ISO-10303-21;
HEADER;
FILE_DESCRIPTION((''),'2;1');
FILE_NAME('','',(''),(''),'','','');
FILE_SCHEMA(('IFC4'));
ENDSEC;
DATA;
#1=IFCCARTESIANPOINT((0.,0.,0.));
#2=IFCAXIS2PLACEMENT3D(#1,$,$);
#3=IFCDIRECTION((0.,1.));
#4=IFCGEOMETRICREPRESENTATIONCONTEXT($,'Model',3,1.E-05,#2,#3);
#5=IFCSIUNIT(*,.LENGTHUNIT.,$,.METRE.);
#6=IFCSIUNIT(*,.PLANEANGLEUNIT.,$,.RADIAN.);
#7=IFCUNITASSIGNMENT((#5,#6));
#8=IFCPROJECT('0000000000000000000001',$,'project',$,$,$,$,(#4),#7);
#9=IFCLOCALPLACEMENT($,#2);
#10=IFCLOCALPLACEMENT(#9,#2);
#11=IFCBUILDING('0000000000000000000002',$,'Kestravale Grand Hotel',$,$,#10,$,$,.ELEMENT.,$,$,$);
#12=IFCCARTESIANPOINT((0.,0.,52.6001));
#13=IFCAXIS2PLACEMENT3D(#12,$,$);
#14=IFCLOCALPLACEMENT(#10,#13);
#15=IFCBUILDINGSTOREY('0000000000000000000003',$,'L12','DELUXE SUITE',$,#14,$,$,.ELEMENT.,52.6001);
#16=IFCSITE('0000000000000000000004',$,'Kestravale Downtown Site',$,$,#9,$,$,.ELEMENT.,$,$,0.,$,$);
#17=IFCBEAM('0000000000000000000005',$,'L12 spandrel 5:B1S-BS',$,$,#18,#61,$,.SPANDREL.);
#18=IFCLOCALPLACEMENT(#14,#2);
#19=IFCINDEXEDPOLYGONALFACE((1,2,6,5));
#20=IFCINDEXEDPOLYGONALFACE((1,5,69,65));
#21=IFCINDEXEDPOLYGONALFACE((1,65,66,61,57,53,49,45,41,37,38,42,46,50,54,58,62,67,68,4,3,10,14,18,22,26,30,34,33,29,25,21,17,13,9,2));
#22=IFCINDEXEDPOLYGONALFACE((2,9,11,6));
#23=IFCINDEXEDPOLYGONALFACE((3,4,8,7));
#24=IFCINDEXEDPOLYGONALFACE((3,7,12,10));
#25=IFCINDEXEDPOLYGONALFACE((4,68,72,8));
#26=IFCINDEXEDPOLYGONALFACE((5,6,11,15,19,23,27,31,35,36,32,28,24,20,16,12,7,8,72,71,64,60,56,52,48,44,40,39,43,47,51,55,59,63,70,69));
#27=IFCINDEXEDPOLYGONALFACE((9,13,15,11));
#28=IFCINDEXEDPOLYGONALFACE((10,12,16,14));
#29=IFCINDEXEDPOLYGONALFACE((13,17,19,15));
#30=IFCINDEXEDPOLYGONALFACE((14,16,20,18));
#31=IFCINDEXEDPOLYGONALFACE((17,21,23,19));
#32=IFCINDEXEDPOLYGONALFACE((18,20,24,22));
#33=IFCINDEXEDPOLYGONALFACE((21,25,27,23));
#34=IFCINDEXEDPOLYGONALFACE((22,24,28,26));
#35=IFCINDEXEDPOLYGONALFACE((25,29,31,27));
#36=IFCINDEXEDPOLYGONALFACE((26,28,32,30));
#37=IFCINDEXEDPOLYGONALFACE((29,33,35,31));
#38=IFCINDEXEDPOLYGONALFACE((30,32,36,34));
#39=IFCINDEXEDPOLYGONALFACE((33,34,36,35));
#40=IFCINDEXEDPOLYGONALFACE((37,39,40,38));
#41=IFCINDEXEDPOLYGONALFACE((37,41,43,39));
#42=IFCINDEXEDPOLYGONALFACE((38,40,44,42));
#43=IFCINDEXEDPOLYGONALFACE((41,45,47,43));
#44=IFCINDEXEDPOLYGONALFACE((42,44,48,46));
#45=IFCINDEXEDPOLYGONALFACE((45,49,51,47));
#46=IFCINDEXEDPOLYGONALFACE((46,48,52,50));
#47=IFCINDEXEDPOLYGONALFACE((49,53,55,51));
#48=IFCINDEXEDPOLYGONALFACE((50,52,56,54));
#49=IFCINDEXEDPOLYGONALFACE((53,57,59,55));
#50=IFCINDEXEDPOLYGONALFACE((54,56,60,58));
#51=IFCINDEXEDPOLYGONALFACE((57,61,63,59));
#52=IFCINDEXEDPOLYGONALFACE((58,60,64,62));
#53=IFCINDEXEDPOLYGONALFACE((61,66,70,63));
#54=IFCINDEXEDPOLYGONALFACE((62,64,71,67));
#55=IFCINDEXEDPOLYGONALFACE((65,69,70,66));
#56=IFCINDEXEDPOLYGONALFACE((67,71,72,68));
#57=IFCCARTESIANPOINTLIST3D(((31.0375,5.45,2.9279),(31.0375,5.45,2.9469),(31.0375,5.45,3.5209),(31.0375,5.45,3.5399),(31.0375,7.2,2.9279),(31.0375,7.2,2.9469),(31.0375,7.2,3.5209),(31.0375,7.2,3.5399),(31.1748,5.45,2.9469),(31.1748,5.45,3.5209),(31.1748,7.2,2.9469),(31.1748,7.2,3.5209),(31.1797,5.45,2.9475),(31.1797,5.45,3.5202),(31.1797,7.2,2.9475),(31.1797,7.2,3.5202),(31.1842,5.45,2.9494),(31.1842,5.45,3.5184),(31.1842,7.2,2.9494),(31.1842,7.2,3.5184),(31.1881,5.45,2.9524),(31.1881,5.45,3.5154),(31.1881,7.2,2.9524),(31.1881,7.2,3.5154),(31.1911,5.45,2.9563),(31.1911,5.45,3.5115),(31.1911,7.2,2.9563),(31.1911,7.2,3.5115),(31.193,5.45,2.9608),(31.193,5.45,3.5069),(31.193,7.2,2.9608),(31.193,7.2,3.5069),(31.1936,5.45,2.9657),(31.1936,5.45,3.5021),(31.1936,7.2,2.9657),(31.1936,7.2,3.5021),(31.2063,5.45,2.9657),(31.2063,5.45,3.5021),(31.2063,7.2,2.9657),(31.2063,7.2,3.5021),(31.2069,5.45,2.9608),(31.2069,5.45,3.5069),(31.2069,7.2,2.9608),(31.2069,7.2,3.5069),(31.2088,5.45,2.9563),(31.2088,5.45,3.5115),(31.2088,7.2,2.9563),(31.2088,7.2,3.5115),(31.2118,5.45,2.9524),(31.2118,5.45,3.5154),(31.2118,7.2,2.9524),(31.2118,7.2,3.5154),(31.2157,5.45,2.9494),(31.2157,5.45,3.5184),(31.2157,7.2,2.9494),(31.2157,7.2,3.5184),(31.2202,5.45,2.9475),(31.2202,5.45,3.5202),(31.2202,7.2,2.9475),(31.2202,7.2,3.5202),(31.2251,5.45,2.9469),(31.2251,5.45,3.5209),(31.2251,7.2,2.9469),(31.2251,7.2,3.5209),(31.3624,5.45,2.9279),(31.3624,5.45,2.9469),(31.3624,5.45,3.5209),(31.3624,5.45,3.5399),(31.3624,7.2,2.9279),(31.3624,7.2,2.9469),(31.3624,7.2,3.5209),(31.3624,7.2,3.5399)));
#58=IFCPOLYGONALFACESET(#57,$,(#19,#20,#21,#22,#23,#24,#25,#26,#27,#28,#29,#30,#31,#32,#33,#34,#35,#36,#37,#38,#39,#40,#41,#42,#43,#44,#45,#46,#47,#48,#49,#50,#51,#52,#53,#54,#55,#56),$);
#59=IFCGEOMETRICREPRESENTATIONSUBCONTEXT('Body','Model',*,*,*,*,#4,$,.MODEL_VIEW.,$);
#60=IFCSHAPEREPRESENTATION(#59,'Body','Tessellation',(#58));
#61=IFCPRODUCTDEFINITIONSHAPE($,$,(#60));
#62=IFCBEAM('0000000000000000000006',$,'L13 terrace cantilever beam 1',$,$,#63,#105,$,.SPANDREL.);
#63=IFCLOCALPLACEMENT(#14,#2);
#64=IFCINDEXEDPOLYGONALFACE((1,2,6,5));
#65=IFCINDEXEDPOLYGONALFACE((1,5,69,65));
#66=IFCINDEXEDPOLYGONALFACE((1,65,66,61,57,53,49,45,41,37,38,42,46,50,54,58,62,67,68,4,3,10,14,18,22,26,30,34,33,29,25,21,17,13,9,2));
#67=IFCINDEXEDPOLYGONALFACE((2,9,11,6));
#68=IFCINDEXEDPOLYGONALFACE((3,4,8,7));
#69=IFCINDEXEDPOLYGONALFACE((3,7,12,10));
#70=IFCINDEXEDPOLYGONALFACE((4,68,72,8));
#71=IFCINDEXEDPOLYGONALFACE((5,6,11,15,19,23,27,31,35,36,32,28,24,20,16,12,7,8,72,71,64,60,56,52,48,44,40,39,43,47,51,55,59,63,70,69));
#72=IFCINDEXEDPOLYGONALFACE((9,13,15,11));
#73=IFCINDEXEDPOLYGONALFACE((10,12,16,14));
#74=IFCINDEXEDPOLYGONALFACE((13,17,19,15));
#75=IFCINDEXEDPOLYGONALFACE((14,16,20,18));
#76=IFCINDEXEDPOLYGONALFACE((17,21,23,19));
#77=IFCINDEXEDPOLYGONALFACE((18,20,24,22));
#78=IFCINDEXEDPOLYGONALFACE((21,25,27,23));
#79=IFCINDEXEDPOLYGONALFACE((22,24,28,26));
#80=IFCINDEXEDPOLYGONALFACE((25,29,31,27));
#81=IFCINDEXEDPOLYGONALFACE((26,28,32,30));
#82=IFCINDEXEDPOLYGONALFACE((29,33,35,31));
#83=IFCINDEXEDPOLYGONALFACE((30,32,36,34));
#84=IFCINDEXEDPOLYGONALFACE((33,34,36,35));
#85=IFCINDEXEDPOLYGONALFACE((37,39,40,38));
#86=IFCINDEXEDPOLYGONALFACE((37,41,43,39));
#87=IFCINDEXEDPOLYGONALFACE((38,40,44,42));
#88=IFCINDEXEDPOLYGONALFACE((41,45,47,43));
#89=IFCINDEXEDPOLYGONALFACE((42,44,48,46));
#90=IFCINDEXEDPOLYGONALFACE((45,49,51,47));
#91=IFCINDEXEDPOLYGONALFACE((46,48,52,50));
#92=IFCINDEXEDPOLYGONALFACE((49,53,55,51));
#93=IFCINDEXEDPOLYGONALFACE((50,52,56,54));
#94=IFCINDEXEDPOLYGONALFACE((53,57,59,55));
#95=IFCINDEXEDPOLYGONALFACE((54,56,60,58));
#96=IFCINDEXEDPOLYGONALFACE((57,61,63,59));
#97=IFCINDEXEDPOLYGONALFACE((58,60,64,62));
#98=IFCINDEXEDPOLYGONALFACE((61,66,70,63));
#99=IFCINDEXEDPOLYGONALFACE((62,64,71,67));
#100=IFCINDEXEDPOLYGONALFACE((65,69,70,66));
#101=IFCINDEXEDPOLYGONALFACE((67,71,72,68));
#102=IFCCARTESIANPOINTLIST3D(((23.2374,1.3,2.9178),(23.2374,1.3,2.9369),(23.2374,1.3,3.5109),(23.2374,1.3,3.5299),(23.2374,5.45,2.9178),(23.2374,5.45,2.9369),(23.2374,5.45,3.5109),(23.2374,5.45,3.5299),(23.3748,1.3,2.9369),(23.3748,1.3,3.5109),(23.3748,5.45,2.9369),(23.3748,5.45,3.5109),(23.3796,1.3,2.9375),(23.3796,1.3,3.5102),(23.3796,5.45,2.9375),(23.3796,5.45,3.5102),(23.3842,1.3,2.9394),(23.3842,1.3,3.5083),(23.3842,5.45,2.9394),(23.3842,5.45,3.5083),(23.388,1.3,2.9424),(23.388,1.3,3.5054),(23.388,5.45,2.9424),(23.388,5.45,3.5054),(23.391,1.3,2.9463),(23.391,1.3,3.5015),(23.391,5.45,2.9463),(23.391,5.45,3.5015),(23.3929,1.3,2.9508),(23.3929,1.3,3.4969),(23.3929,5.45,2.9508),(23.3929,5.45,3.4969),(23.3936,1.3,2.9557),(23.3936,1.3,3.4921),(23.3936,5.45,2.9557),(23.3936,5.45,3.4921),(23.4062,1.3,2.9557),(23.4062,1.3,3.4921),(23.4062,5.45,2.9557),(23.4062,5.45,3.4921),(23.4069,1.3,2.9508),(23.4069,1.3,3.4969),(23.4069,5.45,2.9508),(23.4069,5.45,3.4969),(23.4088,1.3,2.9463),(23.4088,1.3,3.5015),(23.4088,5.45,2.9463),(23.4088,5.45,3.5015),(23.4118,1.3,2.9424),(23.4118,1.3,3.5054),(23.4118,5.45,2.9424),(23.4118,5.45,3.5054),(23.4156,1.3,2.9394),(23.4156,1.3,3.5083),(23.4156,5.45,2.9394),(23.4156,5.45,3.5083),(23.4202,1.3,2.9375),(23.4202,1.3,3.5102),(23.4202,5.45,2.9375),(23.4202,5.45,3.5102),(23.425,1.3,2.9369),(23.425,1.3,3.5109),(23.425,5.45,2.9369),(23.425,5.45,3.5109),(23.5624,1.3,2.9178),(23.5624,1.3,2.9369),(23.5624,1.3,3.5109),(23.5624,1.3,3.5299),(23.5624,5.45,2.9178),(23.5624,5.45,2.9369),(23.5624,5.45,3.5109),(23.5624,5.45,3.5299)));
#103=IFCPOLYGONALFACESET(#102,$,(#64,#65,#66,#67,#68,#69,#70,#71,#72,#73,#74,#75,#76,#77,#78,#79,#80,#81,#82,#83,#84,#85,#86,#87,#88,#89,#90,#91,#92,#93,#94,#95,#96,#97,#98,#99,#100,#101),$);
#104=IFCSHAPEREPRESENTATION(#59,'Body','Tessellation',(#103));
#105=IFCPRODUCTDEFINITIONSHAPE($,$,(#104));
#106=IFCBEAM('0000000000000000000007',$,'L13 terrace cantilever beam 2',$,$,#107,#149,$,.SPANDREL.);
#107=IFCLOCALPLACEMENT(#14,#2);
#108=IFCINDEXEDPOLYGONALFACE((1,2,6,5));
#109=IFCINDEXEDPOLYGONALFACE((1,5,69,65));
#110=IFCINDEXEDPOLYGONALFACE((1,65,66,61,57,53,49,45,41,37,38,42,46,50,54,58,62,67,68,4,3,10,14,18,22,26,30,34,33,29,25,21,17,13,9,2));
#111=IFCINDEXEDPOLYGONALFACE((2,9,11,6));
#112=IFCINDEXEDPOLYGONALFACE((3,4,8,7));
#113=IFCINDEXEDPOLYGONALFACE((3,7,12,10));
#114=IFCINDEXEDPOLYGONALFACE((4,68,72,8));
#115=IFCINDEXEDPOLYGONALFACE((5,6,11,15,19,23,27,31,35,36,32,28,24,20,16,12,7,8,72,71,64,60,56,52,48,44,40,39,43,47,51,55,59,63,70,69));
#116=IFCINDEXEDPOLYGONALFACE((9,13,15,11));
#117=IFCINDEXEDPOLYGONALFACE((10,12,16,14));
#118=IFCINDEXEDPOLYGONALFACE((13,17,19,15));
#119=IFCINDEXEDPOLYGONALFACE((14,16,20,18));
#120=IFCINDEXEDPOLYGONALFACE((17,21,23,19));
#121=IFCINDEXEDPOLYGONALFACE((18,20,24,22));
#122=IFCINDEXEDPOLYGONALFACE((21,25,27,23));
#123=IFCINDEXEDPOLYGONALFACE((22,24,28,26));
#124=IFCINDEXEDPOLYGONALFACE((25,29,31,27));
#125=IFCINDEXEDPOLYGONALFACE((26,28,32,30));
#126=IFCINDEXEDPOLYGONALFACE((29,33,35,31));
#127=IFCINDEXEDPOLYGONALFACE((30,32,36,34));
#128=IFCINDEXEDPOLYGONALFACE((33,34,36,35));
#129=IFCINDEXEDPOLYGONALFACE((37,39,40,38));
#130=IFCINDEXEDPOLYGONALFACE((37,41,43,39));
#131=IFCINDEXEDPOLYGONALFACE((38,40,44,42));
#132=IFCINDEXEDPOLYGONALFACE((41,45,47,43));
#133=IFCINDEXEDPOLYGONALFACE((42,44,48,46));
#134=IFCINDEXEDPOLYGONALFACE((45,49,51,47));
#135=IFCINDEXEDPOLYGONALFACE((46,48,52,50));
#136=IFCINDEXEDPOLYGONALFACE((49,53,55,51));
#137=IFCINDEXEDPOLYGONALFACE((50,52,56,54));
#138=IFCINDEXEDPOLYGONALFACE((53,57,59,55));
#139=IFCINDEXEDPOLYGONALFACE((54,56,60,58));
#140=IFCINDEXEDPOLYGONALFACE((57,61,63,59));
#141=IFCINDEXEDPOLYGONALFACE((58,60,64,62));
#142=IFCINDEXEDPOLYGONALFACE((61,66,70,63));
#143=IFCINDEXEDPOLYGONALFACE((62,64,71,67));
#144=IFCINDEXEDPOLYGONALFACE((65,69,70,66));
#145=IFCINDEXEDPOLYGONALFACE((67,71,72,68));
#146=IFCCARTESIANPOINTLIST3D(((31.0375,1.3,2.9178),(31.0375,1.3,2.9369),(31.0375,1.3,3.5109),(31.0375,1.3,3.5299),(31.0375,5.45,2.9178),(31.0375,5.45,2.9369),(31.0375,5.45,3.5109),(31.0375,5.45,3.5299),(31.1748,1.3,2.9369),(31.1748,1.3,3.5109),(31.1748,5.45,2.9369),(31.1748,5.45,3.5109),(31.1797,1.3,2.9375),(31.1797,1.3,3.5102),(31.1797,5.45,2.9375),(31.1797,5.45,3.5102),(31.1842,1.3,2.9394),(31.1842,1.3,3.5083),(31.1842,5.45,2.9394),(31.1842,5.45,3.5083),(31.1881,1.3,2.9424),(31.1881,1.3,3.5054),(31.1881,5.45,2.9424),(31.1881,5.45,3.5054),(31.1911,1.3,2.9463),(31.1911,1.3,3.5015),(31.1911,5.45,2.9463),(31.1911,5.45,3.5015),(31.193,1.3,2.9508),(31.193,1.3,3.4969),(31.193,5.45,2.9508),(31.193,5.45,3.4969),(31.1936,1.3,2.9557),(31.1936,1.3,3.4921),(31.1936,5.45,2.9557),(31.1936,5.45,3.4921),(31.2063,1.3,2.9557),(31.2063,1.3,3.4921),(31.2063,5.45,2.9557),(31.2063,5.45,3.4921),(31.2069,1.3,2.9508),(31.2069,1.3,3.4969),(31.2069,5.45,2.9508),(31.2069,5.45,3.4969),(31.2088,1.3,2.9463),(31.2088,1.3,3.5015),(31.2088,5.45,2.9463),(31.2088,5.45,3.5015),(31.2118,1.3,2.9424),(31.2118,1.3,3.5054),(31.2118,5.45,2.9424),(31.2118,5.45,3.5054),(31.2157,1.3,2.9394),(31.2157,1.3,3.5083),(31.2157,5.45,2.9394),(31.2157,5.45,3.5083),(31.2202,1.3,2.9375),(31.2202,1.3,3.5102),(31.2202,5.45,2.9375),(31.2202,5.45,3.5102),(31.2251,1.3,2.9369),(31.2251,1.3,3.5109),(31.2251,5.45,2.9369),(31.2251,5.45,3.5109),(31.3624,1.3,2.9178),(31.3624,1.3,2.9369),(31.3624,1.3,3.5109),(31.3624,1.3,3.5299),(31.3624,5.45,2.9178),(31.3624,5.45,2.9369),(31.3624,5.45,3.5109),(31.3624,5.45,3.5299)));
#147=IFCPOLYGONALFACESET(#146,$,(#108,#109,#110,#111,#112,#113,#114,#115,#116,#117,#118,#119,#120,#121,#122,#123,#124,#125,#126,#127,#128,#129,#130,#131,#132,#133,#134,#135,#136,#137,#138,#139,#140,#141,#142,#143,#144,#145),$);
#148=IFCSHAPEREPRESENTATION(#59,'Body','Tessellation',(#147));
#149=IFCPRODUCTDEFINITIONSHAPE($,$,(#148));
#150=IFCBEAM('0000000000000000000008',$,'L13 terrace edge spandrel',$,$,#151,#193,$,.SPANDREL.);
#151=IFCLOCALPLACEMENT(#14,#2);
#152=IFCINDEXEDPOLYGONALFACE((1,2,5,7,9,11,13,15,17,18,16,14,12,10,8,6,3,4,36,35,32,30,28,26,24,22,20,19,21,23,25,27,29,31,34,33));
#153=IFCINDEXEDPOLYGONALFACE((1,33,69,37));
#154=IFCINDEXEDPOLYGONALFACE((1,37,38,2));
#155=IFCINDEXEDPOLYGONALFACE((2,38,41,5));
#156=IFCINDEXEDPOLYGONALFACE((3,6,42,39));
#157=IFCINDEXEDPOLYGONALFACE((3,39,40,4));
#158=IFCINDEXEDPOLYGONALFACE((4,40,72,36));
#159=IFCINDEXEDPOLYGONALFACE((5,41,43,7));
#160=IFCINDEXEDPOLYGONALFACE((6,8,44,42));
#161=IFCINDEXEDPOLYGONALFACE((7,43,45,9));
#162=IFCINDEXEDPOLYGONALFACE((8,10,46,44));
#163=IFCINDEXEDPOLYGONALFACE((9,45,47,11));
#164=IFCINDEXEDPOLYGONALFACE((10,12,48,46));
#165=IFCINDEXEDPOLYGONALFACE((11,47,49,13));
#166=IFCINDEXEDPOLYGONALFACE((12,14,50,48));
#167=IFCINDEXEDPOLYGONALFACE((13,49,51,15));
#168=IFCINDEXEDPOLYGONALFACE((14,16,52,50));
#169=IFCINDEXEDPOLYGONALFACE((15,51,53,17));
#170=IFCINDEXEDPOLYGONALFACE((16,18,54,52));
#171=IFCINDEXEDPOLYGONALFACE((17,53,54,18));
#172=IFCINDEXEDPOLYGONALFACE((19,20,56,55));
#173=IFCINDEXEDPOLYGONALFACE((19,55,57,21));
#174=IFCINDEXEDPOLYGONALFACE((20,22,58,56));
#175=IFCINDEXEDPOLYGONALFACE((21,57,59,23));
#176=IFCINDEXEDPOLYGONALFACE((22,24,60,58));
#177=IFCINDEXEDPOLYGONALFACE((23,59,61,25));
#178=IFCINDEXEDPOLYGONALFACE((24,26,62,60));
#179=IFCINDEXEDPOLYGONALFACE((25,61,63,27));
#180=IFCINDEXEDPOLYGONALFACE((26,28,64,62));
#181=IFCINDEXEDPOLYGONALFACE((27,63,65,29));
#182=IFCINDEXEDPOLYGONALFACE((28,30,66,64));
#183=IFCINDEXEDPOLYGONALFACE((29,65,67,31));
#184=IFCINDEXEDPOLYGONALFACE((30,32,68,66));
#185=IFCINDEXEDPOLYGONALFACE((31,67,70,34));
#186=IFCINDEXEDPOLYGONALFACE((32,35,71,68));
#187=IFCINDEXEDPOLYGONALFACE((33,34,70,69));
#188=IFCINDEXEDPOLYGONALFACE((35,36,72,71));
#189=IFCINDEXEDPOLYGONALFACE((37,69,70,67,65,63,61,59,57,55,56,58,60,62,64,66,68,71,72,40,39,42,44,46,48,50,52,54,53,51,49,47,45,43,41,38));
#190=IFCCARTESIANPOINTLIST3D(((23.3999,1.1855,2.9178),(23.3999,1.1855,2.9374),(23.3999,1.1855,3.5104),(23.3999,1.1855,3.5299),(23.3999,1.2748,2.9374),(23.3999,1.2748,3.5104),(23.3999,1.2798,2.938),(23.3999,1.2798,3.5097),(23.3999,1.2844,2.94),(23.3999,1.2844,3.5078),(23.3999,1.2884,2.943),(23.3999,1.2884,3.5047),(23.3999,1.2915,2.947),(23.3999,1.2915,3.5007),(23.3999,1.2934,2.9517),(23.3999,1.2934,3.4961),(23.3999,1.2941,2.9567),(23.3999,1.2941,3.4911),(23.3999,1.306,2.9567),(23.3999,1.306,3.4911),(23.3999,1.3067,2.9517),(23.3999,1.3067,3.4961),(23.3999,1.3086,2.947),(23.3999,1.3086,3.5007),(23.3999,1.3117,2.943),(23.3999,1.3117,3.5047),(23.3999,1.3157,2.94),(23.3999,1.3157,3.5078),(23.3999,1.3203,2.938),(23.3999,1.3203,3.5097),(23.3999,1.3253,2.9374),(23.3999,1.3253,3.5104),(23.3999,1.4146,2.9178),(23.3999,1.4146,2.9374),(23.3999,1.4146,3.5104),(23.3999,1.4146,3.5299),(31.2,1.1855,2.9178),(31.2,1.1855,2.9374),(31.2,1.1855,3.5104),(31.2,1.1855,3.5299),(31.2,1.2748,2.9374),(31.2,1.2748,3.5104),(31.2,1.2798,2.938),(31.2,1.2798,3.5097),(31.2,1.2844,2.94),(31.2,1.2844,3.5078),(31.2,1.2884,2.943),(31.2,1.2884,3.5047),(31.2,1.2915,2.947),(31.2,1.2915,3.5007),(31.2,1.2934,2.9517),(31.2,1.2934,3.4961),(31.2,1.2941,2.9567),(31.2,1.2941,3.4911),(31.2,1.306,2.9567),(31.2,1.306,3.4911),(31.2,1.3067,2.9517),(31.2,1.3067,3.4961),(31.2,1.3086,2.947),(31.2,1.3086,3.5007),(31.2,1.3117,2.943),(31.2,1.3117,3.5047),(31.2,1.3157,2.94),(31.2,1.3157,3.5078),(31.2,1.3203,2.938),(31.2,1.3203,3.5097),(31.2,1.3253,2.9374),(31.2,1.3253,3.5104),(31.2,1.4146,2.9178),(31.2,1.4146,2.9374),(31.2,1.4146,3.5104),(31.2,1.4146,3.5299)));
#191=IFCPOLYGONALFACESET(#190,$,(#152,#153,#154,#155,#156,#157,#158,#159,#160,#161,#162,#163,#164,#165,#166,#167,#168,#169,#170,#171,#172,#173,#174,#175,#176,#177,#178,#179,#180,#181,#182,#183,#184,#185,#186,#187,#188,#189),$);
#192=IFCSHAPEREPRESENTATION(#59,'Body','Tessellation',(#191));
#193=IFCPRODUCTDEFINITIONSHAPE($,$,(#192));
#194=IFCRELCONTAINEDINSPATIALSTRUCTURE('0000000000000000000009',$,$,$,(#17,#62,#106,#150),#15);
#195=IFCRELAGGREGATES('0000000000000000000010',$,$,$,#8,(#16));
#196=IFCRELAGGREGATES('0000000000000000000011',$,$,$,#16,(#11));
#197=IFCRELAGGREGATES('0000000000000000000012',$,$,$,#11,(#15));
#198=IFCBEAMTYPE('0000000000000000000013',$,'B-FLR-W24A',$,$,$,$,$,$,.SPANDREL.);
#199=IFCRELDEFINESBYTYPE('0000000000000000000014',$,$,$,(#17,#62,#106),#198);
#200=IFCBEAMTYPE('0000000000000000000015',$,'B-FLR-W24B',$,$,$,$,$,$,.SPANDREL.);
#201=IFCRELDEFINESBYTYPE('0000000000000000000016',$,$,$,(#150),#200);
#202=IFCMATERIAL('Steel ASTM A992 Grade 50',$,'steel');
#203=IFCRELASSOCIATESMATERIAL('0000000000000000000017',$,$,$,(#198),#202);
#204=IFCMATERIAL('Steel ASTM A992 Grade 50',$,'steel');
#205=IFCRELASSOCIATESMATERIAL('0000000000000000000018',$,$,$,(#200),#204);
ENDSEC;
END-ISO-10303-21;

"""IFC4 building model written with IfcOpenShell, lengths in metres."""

from ifc_helpers import new_model, si_unit, direction, frame, origin, origin_2d, place, context, subcontext, project, spatial, i_section, extrude, material, material_profile, profile_set, type_object, element, save


model = new_model("IFC4")

# Units and contexts
model_context = context("Model", 3, precision=1e-05, world=origin(), true_north=direction((0.0, 1.0)))
body_context = subcontext(model_context, "Body", "Model", "MODEL_VIEW")
ifc_project = project(units=[si_unit("LENGTHUNIT", "METRE"), si_unit("PLANEANGLEUNIT", "RADIAN")], contexts=[model_context])

# Site, building, storey
site_placement = place(None, origin())
site = spatial("IfcSite", under=ifc_project, at=site_placement, Name="Kestravale Downtown Site", CompositionType="ELEMENT", RefElevation=0.0)
building_placement = place(site_placement, origin())
building = spatial("IfcBuilding", under=site, at=building_placement, Name="Kestravale Grand Hotel", CompositionType="ELEMENT")
storey_placement = place(building_placement, frame((0.0, 0.0, 52.6001)))
storey = spatial("IfcBuildingStorey", under=building, at=storey_placement, Name="L12", Description="DELUXE SUITE", CompositionType="ELEMENT", Elevation=52.6001)

# Beams
ifc_material_1 = material(Name="Steel ASTM A992 Grade 50", Category="steel")
ifc_material_profile_1 = material_profile(ifc_material_1, i_section(OverallWidth=0.325, OverallDepth=0.6121, WebThickness=0.0127, FlangeThickness=0.019, FilletRadius=0.0188, at=origin_2d()))
ifc_profile_set_1 = profile_set([ifc_material_profile_1], Name="Steel ASTM A992 Grade 50")
beam_type_1 = type_object("IfcBeamType", Name="B-FLR-W24A", PredefinedType="SPANDREL", material=ifc_profile_set_1)
for number, where, z_axis, x_axis, name in (
    (1, (31.2, 5.45, 3.2339), (0.0, 1.0, 0.0), (-1.0, 0.0, 0.0), "L12 spandrel 5:B1S-BS"),
):
    element("IfcBeam", number, at=place(storey_placement, frame(where, z_axis=z_axis, x_axis=x_axis)), inside=storey, type_object=beam_type_1, Name=name, PredefinedType="SPANDREL", context=body_context, shape_type="SweptSolid", body=[
        extrude(i_section(OverallWidth=0.325, OverallDepth=0.6121, WebThickness=0.0127, FlangeThickness=0.019, FilletRadius=0.0188, at=origin_2d()), origin(), (0.0, 0.0, 1.0), 1.75),
    ])
for number, where, z_axis, x_axis, name in (
    (2, (23.3999, 5.45, 3.2239), (0.0, -1.0, 0.0), (1.0, 0.0, 0.0), "L13 terrace cantilever beam 1"),
    (3, (31.2, 5.45, 3.2239), (0.0, -1.0, 0.0), (1.0, 0.0, 0.0), "L13 terrace cantilever beam 2"),
):
    element("IfcBeam", number, at=place(storey_placement, frame(where, z_axis=z_axis, x_axis=x_axis)), inside=storey, type_object=beam_type_1, Name=name, PredefinedType="SPANDREL", context=body_context, shape_type="SweptSolid", body=[
        extrude(i_section(OverallWidth=0.325, OverallDepth=0.6121, WebThickness=0.0127, FlangeThickness=0.019, FilletRadius=0.0188, at=origin_2d()), origin(), (0.0, 0.0, 1.0), 4.1499),
    ])
ifc_material_2 = material(Name="Steel ASTM A992 Grade 50", Category="steel")
ifc_material_profile_2 = material_profile(ifc_material_2, i_section(OverallWidth=0.229, OverallDepth=0.6121, WebThickness=0.012, FlangeThickness=0.0195, FilletRadius=0.0193, at=origin_2d()))
ifc_profile_set_2 = profile_set([ifc_material_profile_2], Name="Steel ASTM A992 Grade 50")
beam_type_2 = type_object("IfcBeamType", Name="B-FLR-W24B", PredefinedType="SPANDREL", material=ifc_profile_set_2)
beam_1_placement = place(storey_placement, frame((23.3999, 1.3, 3.2239), z_axis=(1.0, 0.0, 0.0), x_axis=(0.0, 1.0, 0.0)))
element("IfcBeam", 4, at=beam_1_placement, inside=storey, type_object=beam_type_2, Name="L13 terrace edge spandrel", PredefinedType="SPANDREL", context=body_context, shape_type="SweptSolid", body=[
    extrude(i_section(OverallWidth=0.229, OverallDepth=0.6121, WebThickness=0.012, FlangeThickness=0.0195, FilletRadius=0.0193, at=origin_2d()), origin(), (0.0, 0.0, 1.0), 7.8),
])

save(model, "model.ifc")
